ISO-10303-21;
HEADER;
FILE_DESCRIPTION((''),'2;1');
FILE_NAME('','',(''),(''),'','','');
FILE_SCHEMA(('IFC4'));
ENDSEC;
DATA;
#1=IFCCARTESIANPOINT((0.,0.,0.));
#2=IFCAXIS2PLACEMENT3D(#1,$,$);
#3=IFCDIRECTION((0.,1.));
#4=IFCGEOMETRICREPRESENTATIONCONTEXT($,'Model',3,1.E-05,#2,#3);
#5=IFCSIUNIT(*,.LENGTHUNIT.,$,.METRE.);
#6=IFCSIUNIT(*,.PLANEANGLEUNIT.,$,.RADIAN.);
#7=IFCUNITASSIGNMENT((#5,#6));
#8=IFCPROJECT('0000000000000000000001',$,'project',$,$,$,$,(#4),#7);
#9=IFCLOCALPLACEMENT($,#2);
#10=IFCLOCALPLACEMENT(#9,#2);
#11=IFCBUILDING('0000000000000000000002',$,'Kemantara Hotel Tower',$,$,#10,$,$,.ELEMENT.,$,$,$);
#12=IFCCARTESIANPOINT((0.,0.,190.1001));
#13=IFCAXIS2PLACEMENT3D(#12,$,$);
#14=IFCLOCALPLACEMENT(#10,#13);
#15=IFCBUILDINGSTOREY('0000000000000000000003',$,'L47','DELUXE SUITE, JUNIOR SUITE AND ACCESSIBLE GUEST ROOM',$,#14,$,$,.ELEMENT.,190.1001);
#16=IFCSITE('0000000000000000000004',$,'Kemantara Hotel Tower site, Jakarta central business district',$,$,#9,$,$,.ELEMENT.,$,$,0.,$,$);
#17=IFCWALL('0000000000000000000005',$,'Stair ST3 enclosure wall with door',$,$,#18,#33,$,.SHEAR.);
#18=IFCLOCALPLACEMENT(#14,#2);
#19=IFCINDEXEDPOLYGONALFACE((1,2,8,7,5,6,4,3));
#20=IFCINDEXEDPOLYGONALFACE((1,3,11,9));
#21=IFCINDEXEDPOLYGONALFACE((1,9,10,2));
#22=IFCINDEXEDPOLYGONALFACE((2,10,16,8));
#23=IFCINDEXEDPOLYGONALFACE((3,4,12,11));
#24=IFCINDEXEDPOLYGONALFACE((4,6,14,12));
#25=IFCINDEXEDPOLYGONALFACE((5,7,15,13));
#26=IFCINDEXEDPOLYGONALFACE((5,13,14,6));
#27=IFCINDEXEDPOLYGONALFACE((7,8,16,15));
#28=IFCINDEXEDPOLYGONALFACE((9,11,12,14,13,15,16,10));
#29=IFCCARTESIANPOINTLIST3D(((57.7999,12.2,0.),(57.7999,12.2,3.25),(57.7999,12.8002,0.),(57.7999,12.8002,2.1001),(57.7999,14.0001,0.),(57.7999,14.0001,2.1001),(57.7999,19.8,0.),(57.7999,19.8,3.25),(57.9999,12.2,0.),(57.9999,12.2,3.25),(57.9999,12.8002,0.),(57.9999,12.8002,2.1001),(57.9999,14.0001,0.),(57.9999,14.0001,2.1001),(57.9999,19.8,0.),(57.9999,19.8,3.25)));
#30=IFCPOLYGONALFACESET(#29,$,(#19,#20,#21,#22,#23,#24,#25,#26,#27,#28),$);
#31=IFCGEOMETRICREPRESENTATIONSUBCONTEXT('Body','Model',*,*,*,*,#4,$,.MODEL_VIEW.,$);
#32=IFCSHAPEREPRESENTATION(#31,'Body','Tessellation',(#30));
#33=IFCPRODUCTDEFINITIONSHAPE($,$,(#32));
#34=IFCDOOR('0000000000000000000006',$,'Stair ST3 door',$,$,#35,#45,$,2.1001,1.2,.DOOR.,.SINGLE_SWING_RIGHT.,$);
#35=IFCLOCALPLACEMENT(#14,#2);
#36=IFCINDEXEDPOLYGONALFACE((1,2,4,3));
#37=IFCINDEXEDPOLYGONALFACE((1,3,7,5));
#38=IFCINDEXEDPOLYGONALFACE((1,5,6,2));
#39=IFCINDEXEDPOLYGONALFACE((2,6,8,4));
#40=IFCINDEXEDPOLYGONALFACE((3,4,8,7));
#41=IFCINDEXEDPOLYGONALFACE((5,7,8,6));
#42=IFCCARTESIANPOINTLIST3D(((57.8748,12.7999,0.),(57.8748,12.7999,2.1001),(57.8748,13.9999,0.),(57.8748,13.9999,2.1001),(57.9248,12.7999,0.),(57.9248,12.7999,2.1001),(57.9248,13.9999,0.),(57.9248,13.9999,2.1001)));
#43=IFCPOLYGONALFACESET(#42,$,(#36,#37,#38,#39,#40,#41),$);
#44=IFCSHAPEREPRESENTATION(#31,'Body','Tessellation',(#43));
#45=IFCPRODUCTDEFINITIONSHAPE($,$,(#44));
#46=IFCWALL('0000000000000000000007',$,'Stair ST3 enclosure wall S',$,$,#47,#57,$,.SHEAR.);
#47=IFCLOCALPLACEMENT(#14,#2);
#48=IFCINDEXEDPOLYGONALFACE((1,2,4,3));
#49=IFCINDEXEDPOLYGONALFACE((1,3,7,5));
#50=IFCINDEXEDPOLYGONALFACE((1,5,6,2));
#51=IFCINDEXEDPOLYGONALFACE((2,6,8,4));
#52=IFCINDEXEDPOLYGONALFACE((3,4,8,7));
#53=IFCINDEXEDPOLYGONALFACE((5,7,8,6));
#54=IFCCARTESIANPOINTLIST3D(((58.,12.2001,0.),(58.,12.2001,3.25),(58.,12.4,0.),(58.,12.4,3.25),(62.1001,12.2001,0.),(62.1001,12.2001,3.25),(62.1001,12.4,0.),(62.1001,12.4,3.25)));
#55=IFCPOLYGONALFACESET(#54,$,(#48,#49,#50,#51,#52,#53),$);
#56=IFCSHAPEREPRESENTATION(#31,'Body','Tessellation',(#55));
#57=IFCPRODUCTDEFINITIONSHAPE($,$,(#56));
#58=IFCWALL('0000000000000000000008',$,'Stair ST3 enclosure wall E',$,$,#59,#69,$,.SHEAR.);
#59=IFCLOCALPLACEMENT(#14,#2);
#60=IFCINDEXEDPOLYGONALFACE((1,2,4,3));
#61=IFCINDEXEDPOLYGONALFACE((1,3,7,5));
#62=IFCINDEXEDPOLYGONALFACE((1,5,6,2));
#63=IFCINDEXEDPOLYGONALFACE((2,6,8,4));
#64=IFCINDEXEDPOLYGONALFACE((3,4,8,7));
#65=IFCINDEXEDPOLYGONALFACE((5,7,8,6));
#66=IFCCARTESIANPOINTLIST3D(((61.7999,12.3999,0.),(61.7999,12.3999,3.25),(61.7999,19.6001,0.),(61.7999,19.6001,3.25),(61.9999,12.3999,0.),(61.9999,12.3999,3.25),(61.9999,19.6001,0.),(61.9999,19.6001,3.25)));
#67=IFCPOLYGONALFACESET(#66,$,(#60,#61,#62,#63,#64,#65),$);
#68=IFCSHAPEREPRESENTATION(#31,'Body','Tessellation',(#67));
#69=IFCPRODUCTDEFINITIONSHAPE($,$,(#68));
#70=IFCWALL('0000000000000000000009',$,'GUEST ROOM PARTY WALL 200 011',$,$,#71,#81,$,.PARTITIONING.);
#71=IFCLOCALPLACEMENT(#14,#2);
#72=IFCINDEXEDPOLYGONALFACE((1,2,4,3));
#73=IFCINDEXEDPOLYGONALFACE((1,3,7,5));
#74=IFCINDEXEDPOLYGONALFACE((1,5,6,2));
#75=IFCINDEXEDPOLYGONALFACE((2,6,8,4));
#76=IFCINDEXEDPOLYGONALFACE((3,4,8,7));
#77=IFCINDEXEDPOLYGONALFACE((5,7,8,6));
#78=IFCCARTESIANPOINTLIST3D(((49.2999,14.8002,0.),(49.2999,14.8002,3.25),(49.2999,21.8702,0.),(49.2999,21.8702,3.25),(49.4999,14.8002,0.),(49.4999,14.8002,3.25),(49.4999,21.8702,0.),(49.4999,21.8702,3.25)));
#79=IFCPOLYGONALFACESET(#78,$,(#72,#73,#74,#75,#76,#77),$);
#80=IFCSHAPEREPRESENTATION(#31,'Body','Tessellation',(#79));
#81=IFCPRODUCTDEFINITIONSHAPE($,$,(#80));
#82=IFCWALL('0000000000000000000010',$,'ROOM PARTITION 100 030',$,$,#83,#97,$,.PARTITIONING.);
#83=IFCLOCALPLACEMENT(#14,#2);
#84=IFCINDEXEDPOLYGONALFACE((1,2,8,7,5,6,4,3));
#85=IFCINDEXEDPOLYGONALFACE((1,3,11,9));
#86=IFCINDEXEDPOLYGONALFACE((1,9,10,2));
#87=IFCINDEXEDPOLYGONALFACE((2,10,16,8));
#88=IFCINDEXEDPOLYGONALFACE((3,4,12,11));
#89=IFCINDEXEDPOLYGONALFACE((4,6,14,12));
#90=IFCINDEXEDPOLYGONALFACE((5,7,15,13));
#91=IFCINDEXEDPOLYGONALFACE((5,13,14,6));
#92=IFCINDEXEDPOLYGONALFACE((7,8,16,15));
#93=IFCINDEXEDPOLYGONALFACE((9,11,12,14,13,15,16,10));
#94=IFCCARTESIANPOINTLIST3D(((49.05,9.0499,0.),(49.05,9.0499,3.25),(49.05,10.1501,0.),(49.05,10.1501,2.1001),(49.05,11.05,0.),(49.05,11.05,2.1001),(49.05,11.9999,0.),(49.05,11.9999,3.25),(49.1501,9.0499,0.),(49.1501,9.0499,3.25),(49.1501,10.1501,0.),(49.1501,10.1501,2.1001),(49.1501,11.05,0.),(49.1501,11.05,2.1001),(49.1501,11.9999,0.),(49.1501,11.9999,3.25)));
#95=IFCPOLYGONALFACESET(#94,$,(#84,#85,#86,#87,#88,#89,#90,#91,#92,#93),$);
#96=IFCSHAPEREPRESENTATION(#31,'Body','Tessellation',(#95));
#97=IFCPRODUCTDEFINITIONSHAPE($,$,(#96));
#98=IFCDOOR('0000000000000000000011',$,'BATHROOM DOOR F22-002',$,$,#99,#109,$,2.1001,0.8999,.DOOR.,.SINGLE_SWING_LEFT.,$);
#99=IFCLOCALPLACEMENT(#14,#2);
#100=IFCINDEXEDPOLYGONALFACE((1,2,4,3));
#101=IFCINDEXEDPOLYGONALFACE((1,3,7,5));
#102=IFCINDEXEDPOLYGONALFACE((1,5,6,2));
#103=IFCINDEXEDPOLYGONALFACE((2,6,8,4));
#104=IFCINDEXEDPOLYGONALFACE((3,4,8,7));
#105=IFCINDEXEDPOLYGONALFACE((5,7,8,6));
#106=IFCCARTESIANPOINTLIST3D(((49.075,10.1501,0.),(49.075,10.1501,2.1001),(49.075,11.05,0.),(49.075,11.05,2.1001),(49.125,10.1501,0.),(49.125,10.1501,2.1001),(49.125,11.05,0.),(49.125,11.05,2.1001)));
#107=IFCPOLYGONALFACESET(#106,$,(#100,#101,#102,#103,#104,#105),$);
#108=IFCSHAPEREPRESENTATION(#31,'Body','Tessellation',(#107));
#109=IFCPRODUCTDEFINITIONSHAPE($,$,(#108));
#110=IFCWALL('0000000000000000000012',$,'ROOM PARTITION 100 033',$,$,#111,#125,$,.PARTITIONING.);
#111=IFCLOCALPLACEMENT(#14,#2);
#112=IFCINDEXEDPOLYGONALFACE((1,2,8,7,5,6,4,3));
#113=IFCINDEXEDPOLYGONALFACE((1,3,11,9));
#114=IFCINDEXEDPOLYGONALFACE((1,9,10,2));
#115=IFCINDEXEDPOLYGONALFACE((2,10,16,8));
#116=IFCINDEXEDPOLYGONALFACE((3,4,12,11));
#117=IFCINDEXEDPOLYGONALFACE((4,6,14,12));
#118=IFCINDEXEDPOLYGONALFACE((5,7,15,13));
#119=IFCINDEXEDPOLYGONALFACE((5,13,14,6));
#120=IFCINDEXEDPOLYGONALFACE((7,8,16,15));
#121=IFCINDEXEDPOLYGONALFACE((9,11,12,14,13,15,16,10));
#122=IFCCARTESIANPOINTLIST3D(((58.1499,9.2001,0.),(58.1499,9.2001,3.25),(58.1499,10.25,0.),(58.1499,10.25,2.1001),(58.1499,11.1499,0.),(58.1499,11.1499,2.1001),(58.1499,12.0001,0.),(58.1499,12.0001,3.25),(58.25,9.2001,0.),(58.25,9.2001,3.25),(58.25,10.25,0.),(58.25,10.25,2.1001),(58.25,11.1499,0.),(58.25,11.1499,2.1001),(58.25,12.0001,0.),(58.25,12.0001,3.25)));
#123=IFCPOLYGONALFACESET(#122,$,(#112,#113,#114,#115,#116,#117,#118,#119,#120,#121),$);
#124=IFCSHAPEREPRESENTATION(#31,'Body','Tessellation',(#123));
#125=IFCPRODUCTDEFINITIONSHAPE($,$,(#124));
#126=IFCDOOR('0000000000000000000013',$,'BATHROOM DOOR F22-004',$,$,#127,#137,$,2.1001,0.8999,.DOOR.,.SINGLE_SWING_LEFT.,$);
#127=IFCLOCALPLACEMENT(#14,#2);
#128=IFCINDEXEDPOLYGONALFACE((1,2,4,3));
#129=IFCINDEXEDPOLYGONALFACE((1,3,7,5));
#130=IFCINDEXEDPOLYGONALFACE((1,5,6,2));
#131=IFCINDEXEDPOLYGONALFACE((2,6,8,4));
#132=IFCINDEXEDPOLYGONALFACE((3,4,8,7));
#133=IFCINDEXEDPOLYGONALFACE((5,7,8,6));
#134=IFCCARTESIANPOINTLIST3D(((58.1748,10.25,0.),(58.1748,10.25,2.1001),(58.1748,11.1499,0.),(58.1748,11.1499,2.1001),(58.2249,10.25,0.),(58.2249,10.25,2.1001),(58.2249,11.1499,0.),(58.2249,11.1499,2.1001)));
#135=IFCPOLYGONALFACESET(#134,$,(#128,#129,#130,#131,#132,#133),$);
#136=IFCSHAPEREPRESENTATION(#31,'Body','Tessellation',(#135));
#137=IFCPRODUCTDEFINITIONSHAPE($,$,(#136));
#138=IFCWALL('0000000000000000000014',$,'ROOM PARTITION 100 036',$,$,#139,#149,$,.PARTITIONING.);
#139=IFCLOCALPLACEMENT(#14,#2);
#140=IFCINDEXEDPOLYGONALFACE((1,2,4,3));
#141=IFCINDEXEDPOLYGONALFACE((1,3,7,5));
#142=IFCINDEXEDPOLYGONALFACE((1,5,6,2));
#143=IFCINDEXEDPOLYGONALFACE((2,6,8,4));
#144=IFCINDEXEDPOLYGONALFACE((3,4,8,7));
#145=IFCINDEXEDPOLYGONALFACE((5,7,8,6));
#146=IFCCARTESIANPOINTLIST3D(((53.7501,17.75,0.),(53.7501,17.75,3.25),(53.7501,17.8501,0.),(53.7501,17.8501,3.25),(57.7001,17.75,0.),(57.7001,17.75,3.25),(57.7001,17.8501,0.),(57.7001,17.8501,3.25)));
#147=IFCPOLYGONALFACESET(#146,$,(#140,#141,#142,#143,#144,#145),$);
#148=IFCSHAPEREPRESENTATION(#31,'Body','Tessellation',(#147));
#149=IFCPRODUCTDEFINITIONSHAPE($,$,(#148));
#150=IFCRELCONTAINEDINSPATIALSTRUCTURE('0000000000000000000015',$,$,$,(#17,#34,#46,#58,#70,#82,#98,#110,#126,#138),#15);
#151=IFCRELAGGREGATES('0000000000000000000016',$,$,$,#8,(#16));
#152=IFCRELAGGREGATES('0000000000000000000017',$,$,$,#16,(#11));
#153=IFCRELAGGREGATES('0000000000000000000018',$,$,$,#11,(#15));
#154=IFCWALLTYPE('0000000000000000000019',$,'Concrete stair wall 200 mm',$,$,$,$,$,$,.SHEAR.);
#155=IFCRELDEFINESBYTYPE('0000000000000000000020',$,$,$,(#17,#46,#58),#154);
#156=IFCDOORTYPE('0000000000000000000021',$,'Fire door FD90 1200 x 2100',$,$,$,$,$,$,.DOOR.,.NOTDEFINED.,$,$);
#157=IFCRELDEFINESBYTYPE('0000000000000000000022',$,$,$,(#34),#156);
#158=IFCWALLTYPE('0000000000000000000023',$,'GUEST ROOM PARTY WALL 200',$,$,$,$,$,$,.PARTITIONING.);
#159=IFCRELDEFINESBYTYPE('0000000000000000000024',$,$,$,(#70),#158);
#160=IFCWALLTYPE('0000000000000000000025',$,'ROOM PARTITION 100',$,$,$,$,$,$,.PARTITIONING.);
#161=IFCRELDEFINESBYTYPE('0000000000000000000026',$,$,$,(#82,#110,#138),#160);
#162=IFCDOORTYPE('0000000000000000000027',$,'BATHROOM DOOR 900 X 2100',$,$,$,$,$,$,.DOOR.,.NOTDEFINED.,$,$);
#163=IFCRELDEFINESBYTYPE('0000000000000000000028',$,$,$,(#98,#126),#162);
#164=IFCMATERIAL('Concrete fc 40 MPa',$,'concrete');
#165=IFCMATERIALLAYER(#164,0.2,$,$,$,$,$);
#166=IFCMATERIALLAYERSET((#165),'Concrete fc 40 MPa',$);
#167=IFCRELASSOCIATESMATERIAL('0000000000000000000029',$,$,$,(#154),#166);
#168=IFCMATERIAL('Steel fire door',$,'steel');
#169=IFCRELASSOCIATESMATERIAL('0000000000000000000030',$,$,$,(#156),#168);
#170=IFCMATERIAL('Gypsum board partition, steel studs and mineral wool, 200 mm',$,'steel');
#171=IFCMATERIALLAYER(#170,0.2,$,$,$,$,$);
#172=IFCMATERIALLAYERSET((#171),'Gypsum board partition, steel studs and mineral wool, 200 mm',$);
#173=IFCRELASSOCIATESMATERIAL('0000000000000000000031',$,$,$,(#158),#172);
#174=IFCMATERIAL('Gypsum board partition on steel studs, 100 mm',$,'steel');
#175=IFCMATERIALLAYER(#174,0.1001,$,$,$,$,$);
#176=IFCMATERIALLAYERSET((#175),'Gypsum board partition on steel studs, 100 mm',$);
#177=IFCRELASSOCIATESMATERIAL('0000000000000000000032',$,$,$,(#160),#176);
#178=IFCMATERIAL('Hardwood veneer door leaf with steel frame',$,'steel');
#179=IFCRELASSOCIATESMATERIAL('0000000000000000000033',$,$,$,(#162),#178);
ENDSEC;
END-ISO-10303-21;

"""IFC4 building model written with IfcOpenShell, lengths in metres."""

from ifc_helpers import new_model, si_unit, direction, frame, frame_2d, origin, place, context, subcontext, project, spatial, rectangle, extrude, material, layer, layer_set, type_object, element, fill, save


model = new_model("IFC4")

# Units and contexts
model_context = context("Model", 3, precision=1e-05, world=origin(), true_north=direction((0.0, 1.0)))
body_context = subcontext(model_context, "Body", "Model", "MODEL_VIEW")
ifc_project = project(units=[si_unit("LENGTHUNIT", "METRE"), si_unit("PLANEANGLEUNIT", "RADIAN")], contexts=[model_context])

# Site, building, storey
site_placement = place(None, origin())
site = spatial("IfcSite", under=ifc_project, at=site_placement, Name="Kemantara Hotel Tower site, Jakarta central business district", CompositionType="ELEMENT", RefElevation=0.0)
building_placement = place(site_placement, origin())
building = spatial("IfcBuilding", under=site, at=building_placement, Name="Kemantara Hotel Tower", CompositionType="ELEMENT")
storey_placement = place(building_placement, frame((0.0, 0.0, 190.1001)))
storey = spatial("IfcBuildingStorey", under=building, at=storey_placement, Name="L47", Description="DELUXE SUITE, JUNIOR SUITE AND ACCESSIBLE GUEST ROOM", CompositionType="ELEMENT", Elevation=190.1001)

# Shared definitions
ifc_material_1 = material(Name="Gypsum board partition, steel studs and mineral wool, 200 mm", Category="steel")
ifc_material_2 = material(Name="Hardwood veneer door leaf with steel frame", Category="steel")

# Wall, opening, door
ifc_material_3 = material(Name="Concrete fc 40 MPa", Category="concrete")
ifc_layer_1 = layer(ifc_material_3, 0.2)
ifc_layer_set_1 = layer_set([ifc_layer_1], Name="Concrete fc 40 MPa")
wall_type_1 = type_object("IfcWallType", Name="Concrete stair wall 200 mm", PredefinedType="SHEAR", material=ifc_layer_set_1)
wall_1_placement = place(storey_placement, frame((57.8999, 12.2, 0.0), z_axis=(0.0, 0.0, 1.0), x_axis=(0.0, 1.0, 0.0)))
wall_1 = element("IfcWall", 1, at=wall_1_placement, inside=storey, type_object=wall_type_1, Name="Stair ST3 enclosure wall with door", PredefinedType="SHEAR", context=body_context, shape_type="SweptSolid", body=[
    extrude(rectangle(XDim=7.6001, YDim=0.2, at=frame_2d((3.8, 0.0))), origin(), (0.0, 0.0, 1.0), 3.25),
])
opening_1_placement = place(wall_1_placement, frame((0.6001, 0.0, 0.0)))
opening_1 = element("IfcOpeningElement", 2, at=opening_1_placement, cuts=wall_1, PredefinedType="OPENING", context=body_context, shape_type="SweptSolid", body=[
    extrude(rectangle(XDim=1.2, YDim=2.1001, at=frame_2d((0.6001, 1.05))), frame((0.0, 0.1099, 0.0), z_axis=(0.0, -1.0, 0.0), x_axis=(1.0, 0.0, 0.0)), (0.0, 0.0, 1.0), 0.22),
])
ifc_material_4 = material(Name="Steel fire door", Category="steel")
door_type_1 = type_object("IfcDoorType", Name="Fire door FD90 1200 x 2100", OperationType="NOTDEFINED", PredefinedType="DOOR", material=ifc_material_4)
door_1_placement = place(opening_1_placement, frame((1.2, 0.0, 0.0), z_axis=(0.0, 0.0, 1.0), x_axis=(-1.0, 0.0, 0.0)))
door_1 = element("IfcDoor", 3, at=door_1_placement, inside=storey, type_object=door_type_1, Name="Stair ST3 door", OperationType="SINGLE_SWING_RIGHT", OverallHeight=2.1001, OverallWidth=1.2, PredefinedType="DOOR", context=body_context, shape_type="SweptSolid", body=[
    extrude(rectangle(XDim=1.2, YDim=2.1001, at=frame_2d((0.6001, 1.05))), frame((0.0, 0.0249, 0.0), z_axis=(0.0, -1.0, 0.0), x_axis=(1.0, 0.0, 0.0)), (0.0, 0.0, 1.0), 0.05),
])
fill(opening_1, door_1)

# Walls
wall_2_placement = place(storey_placement, frame((58.0, 12.3, 0.0), z_axis=(0.0, 0.0, 1.0), x_axis=(1.0, 0.0, 0.0)))
element("IfcWall", 4, at=wall_2_placement, inside=storey, type_object=wall_type_1, Name="Stair ST3 enclosure wall S", PredefinedType="SHEAR", context=body_context, shape_type="SweptSolid", body=[
    extrude(rectangle(XDim=4.1001, YDim=0.2, at=frame_2d((2.05, 0.0))), origin(), (0.0, 0.0, 1.0), 3.25),
])
wall_3_placement = place(storey_placement, frame((61.8999, 12.3999, 0.0), z_axis=(0.0, 0.0, 1.0), x_axis=(0.0, 1.0, 0.0)))
element("IfcWall", 5, at=wall_3_placement, inside=storey, type_object=wall_type_1, Name="Stair ST3 enclosure wall E", PredefinedType="SHEAR", context=body_context, shape_type="SweptSolid", body=[
    extrude(rectangle(XDim=7.2002, YDim=0.2, at=frame_2d((3.6001, 0.0))), origin(), (0.0, 0.0, 1.0), 3.25),
])
ifc_layer_2 = layer(ifc_material_1, 0.2)
ifc_layer_set_2 = layer_set([ifc_layer_2], Name="Gypsum board partition, steel studs and mineral wool, 200 mm")
wall_type_2 = type_object("IfcWallType", Name="GUEST ROOM PARTY WALL 200", PredefinedType="PARTITIONING", material=ifc_layer_set_2)
wall_4_placement = place(storey_placement, frame((49.3999, 14.8, 0.0), z_axis=(0.0, 0.0, 1.0), x_axis=(0.0, 1.0, 0.0)))
element("IfcWall", 6, at=wall_4_placement, inside=storey, type_object=wall_type_2, Name="GUEST ROOM PARTY WALL 200 011", PredefinedType="PARTITIONING", context=body_context, shape_type="SweptSolid", body=[
    extrude(rectangle(XDim=7.0701, YDim=0.2, at=frame_2d((3.5352, 0.0))), origin(), (0.0, 0.0, 1.0), 3.25),
])

# Walls, openings, doors
ifc_material_5 = material(Name="Gypsum board partition on steel studs, 100 mm", Category="steel")
ifc_layer_3 = layer(ifc_material_5, 0.1001)
ifc_layer_set_3 = layer_set([ifc_layer_3], Name="Gypsum board partition on steel studs, 100 mm")
wall_type_3 = type_object("IfcWallType", Name="ROOM PARTITION 100", PredefinedType="PARTITIONING", material=ifc_layer_set_3)
wall_5_placement = place(storey_placement, frame((49.1001, 12.0, 0.0), z_axis=(0.0, 0.0, 1.0), x_axis=(0.0, -1.0, 0.0)))
wall_5 = element("IfcWall", 7, at=wall_5_placement, inside=storey, type_object=wall_type_3, Name="ROOM PARTITION 100 030", PredefinedType="PARTITIONING", context=body_context, shape_type="SweptSolid", body=[
    extrude(rectangle(XDim=2.95, YDim=0.1001, at=frame_2d((1.4751, 0.0))), origin(), (0.0, 0.0, 1.0), 3.25),
])
opening_2_placement = place(wall_5_placement, frame((0.95, 0.0, 0.0)))
opening_2 = element("IfcOpeningElement", 8, at=opening_2_placement, cuts=wall_5, PredefinedType="OPENING", context=body_context, shape_type="SweptSolid", body=[
    extrude(rectangle(XDim=0.8999, YDim=2.1001, at=frame_2d((0.45, 1.05))), frame((0.0, 0.0601, 0.0), z_axis=(0.0, -1.0, 0.0), x_axis=(1.0, 0.0, 0.0)), (0.0, 0.0, 1.0), 0.1201),
])
door_type_2 = type_object("IfcDoorType", Name="BATHROOM DOOR 900 X 2100", OperationType="NOTDEFINED", PredefinedType="DOOR", material=ifc_material_2)
door_2_placement = place(opening_2_placement, origin())
door_2 = element("IfcDoor", 9, at=door_2_placement, inside=storey, type_object=door_type_2, Name="BATHROOM DOOR F22-002", OperationType="SINGLE_SWING_LEFT", OverallHeight=2.1001, OverallWidth=0.8999, PredefinedType="DOOR", context=body_context, shape_type="SweptSolid", body=[
    extrude(rectangle(XDim=0.8999, YDim=2.1001, at=frame_2d((0.45, 1.05))), frame((0.0, 0.0249, 0.0), z_axis=(0.0, -1.0, 0.0), x_axis=(1.0, 0.0, 0.0)), (0.0, 0.0, 1.0), 0.05),
])
fill(opening_2, door_2)
wall_6_placement = place(storey_placement, frame((58.2, 12.0, 0.0), z_axis=(0.0, 0.0, 1.0), x_axis=(0.0, -1.0, 0.0)))
wall_6 = element("IfcWall", 10, at=wall_6_placement, inside=storey, type_object=wall_type_3, Name="ROOM PARTITION 100 033", PredefinedType="PARTITIONING", context=body_context, shape_type="SweptSolid", body=[
    extrude(rectangle(XDim=2.8, YDim=0.1001, at=frame_2d((1.3999, 0.0))), origin(), (0.0, 0.0, 1.0), 3.25),
])
opening_3_placement = place(wall_6_placement, frame((0.8501, 0.0, 0.0)))
opening_3 = element("IfcOpeningElement", 11, at=opening_3_placement, cuts=wall_6, PredefinedType="OPENING", context=body_context, shape_type="SweptSolid", body=[
    extrude(rectangle(XDim=0.8999, YDim=2.1001, at=frame_2d((0.45, 1.05))), frame((0.0, 0.0601, 0.0), z_axis=(0.0, -1.0, 0.0), x_axis=(1.0, 0.0, 0.0)), (0.0, 0.0, 1.0), 0.1201),
])
door_3_placement = place(opening_3_placement, origin())
door_3 = element("IfcDoor", 12, at=door_3_placement, inside=storey, type_object=door_type_2, Name="BATHROOM DOOR F22-004", OperationType="SINGLE_SWING_LEFT", OverallHeight=2.1001, OverallWidth=0.8999, PredefinedType="DOOR", context=body_context, shape_type="SweptSolid", body=[
    extrude(rectangle(XDim=0.8999, YDim=2.1001, at=frame_2d((0.45, 1.05))), frame((0.0, 0.0249, 0.0), z_axis=(0.0, -1.0, 0.0), x_axis=(1.0, 0.0, 0.0)), (0.0, 0.0, 1.0), 0.05),
])
fill(opening_3, door_3)

# Wall
wall_7_placement = place(storey_placement, frame((53.75, 17.8, 0.0), z_axis=(0.0, 0.0, 1.0), x_axis=(1.0, 0.0, 0.0)))
element("IfcWall", 13, at=wall_7_placement, inside=storey, type_object=wall_type_3, Name="ROOM PARTITION 100 036", PredefinedType="PARTITIONING", context=body_context, shape_type="SweptSolid", body=[
    extrude(rectangle(XDim=3.95, YDim=0.1001, at=frame_2d((1.9751, 0.0))), origin(), (0.0, 0.0, 1.0), 3.25),
])

save(model, "model.ifc")
